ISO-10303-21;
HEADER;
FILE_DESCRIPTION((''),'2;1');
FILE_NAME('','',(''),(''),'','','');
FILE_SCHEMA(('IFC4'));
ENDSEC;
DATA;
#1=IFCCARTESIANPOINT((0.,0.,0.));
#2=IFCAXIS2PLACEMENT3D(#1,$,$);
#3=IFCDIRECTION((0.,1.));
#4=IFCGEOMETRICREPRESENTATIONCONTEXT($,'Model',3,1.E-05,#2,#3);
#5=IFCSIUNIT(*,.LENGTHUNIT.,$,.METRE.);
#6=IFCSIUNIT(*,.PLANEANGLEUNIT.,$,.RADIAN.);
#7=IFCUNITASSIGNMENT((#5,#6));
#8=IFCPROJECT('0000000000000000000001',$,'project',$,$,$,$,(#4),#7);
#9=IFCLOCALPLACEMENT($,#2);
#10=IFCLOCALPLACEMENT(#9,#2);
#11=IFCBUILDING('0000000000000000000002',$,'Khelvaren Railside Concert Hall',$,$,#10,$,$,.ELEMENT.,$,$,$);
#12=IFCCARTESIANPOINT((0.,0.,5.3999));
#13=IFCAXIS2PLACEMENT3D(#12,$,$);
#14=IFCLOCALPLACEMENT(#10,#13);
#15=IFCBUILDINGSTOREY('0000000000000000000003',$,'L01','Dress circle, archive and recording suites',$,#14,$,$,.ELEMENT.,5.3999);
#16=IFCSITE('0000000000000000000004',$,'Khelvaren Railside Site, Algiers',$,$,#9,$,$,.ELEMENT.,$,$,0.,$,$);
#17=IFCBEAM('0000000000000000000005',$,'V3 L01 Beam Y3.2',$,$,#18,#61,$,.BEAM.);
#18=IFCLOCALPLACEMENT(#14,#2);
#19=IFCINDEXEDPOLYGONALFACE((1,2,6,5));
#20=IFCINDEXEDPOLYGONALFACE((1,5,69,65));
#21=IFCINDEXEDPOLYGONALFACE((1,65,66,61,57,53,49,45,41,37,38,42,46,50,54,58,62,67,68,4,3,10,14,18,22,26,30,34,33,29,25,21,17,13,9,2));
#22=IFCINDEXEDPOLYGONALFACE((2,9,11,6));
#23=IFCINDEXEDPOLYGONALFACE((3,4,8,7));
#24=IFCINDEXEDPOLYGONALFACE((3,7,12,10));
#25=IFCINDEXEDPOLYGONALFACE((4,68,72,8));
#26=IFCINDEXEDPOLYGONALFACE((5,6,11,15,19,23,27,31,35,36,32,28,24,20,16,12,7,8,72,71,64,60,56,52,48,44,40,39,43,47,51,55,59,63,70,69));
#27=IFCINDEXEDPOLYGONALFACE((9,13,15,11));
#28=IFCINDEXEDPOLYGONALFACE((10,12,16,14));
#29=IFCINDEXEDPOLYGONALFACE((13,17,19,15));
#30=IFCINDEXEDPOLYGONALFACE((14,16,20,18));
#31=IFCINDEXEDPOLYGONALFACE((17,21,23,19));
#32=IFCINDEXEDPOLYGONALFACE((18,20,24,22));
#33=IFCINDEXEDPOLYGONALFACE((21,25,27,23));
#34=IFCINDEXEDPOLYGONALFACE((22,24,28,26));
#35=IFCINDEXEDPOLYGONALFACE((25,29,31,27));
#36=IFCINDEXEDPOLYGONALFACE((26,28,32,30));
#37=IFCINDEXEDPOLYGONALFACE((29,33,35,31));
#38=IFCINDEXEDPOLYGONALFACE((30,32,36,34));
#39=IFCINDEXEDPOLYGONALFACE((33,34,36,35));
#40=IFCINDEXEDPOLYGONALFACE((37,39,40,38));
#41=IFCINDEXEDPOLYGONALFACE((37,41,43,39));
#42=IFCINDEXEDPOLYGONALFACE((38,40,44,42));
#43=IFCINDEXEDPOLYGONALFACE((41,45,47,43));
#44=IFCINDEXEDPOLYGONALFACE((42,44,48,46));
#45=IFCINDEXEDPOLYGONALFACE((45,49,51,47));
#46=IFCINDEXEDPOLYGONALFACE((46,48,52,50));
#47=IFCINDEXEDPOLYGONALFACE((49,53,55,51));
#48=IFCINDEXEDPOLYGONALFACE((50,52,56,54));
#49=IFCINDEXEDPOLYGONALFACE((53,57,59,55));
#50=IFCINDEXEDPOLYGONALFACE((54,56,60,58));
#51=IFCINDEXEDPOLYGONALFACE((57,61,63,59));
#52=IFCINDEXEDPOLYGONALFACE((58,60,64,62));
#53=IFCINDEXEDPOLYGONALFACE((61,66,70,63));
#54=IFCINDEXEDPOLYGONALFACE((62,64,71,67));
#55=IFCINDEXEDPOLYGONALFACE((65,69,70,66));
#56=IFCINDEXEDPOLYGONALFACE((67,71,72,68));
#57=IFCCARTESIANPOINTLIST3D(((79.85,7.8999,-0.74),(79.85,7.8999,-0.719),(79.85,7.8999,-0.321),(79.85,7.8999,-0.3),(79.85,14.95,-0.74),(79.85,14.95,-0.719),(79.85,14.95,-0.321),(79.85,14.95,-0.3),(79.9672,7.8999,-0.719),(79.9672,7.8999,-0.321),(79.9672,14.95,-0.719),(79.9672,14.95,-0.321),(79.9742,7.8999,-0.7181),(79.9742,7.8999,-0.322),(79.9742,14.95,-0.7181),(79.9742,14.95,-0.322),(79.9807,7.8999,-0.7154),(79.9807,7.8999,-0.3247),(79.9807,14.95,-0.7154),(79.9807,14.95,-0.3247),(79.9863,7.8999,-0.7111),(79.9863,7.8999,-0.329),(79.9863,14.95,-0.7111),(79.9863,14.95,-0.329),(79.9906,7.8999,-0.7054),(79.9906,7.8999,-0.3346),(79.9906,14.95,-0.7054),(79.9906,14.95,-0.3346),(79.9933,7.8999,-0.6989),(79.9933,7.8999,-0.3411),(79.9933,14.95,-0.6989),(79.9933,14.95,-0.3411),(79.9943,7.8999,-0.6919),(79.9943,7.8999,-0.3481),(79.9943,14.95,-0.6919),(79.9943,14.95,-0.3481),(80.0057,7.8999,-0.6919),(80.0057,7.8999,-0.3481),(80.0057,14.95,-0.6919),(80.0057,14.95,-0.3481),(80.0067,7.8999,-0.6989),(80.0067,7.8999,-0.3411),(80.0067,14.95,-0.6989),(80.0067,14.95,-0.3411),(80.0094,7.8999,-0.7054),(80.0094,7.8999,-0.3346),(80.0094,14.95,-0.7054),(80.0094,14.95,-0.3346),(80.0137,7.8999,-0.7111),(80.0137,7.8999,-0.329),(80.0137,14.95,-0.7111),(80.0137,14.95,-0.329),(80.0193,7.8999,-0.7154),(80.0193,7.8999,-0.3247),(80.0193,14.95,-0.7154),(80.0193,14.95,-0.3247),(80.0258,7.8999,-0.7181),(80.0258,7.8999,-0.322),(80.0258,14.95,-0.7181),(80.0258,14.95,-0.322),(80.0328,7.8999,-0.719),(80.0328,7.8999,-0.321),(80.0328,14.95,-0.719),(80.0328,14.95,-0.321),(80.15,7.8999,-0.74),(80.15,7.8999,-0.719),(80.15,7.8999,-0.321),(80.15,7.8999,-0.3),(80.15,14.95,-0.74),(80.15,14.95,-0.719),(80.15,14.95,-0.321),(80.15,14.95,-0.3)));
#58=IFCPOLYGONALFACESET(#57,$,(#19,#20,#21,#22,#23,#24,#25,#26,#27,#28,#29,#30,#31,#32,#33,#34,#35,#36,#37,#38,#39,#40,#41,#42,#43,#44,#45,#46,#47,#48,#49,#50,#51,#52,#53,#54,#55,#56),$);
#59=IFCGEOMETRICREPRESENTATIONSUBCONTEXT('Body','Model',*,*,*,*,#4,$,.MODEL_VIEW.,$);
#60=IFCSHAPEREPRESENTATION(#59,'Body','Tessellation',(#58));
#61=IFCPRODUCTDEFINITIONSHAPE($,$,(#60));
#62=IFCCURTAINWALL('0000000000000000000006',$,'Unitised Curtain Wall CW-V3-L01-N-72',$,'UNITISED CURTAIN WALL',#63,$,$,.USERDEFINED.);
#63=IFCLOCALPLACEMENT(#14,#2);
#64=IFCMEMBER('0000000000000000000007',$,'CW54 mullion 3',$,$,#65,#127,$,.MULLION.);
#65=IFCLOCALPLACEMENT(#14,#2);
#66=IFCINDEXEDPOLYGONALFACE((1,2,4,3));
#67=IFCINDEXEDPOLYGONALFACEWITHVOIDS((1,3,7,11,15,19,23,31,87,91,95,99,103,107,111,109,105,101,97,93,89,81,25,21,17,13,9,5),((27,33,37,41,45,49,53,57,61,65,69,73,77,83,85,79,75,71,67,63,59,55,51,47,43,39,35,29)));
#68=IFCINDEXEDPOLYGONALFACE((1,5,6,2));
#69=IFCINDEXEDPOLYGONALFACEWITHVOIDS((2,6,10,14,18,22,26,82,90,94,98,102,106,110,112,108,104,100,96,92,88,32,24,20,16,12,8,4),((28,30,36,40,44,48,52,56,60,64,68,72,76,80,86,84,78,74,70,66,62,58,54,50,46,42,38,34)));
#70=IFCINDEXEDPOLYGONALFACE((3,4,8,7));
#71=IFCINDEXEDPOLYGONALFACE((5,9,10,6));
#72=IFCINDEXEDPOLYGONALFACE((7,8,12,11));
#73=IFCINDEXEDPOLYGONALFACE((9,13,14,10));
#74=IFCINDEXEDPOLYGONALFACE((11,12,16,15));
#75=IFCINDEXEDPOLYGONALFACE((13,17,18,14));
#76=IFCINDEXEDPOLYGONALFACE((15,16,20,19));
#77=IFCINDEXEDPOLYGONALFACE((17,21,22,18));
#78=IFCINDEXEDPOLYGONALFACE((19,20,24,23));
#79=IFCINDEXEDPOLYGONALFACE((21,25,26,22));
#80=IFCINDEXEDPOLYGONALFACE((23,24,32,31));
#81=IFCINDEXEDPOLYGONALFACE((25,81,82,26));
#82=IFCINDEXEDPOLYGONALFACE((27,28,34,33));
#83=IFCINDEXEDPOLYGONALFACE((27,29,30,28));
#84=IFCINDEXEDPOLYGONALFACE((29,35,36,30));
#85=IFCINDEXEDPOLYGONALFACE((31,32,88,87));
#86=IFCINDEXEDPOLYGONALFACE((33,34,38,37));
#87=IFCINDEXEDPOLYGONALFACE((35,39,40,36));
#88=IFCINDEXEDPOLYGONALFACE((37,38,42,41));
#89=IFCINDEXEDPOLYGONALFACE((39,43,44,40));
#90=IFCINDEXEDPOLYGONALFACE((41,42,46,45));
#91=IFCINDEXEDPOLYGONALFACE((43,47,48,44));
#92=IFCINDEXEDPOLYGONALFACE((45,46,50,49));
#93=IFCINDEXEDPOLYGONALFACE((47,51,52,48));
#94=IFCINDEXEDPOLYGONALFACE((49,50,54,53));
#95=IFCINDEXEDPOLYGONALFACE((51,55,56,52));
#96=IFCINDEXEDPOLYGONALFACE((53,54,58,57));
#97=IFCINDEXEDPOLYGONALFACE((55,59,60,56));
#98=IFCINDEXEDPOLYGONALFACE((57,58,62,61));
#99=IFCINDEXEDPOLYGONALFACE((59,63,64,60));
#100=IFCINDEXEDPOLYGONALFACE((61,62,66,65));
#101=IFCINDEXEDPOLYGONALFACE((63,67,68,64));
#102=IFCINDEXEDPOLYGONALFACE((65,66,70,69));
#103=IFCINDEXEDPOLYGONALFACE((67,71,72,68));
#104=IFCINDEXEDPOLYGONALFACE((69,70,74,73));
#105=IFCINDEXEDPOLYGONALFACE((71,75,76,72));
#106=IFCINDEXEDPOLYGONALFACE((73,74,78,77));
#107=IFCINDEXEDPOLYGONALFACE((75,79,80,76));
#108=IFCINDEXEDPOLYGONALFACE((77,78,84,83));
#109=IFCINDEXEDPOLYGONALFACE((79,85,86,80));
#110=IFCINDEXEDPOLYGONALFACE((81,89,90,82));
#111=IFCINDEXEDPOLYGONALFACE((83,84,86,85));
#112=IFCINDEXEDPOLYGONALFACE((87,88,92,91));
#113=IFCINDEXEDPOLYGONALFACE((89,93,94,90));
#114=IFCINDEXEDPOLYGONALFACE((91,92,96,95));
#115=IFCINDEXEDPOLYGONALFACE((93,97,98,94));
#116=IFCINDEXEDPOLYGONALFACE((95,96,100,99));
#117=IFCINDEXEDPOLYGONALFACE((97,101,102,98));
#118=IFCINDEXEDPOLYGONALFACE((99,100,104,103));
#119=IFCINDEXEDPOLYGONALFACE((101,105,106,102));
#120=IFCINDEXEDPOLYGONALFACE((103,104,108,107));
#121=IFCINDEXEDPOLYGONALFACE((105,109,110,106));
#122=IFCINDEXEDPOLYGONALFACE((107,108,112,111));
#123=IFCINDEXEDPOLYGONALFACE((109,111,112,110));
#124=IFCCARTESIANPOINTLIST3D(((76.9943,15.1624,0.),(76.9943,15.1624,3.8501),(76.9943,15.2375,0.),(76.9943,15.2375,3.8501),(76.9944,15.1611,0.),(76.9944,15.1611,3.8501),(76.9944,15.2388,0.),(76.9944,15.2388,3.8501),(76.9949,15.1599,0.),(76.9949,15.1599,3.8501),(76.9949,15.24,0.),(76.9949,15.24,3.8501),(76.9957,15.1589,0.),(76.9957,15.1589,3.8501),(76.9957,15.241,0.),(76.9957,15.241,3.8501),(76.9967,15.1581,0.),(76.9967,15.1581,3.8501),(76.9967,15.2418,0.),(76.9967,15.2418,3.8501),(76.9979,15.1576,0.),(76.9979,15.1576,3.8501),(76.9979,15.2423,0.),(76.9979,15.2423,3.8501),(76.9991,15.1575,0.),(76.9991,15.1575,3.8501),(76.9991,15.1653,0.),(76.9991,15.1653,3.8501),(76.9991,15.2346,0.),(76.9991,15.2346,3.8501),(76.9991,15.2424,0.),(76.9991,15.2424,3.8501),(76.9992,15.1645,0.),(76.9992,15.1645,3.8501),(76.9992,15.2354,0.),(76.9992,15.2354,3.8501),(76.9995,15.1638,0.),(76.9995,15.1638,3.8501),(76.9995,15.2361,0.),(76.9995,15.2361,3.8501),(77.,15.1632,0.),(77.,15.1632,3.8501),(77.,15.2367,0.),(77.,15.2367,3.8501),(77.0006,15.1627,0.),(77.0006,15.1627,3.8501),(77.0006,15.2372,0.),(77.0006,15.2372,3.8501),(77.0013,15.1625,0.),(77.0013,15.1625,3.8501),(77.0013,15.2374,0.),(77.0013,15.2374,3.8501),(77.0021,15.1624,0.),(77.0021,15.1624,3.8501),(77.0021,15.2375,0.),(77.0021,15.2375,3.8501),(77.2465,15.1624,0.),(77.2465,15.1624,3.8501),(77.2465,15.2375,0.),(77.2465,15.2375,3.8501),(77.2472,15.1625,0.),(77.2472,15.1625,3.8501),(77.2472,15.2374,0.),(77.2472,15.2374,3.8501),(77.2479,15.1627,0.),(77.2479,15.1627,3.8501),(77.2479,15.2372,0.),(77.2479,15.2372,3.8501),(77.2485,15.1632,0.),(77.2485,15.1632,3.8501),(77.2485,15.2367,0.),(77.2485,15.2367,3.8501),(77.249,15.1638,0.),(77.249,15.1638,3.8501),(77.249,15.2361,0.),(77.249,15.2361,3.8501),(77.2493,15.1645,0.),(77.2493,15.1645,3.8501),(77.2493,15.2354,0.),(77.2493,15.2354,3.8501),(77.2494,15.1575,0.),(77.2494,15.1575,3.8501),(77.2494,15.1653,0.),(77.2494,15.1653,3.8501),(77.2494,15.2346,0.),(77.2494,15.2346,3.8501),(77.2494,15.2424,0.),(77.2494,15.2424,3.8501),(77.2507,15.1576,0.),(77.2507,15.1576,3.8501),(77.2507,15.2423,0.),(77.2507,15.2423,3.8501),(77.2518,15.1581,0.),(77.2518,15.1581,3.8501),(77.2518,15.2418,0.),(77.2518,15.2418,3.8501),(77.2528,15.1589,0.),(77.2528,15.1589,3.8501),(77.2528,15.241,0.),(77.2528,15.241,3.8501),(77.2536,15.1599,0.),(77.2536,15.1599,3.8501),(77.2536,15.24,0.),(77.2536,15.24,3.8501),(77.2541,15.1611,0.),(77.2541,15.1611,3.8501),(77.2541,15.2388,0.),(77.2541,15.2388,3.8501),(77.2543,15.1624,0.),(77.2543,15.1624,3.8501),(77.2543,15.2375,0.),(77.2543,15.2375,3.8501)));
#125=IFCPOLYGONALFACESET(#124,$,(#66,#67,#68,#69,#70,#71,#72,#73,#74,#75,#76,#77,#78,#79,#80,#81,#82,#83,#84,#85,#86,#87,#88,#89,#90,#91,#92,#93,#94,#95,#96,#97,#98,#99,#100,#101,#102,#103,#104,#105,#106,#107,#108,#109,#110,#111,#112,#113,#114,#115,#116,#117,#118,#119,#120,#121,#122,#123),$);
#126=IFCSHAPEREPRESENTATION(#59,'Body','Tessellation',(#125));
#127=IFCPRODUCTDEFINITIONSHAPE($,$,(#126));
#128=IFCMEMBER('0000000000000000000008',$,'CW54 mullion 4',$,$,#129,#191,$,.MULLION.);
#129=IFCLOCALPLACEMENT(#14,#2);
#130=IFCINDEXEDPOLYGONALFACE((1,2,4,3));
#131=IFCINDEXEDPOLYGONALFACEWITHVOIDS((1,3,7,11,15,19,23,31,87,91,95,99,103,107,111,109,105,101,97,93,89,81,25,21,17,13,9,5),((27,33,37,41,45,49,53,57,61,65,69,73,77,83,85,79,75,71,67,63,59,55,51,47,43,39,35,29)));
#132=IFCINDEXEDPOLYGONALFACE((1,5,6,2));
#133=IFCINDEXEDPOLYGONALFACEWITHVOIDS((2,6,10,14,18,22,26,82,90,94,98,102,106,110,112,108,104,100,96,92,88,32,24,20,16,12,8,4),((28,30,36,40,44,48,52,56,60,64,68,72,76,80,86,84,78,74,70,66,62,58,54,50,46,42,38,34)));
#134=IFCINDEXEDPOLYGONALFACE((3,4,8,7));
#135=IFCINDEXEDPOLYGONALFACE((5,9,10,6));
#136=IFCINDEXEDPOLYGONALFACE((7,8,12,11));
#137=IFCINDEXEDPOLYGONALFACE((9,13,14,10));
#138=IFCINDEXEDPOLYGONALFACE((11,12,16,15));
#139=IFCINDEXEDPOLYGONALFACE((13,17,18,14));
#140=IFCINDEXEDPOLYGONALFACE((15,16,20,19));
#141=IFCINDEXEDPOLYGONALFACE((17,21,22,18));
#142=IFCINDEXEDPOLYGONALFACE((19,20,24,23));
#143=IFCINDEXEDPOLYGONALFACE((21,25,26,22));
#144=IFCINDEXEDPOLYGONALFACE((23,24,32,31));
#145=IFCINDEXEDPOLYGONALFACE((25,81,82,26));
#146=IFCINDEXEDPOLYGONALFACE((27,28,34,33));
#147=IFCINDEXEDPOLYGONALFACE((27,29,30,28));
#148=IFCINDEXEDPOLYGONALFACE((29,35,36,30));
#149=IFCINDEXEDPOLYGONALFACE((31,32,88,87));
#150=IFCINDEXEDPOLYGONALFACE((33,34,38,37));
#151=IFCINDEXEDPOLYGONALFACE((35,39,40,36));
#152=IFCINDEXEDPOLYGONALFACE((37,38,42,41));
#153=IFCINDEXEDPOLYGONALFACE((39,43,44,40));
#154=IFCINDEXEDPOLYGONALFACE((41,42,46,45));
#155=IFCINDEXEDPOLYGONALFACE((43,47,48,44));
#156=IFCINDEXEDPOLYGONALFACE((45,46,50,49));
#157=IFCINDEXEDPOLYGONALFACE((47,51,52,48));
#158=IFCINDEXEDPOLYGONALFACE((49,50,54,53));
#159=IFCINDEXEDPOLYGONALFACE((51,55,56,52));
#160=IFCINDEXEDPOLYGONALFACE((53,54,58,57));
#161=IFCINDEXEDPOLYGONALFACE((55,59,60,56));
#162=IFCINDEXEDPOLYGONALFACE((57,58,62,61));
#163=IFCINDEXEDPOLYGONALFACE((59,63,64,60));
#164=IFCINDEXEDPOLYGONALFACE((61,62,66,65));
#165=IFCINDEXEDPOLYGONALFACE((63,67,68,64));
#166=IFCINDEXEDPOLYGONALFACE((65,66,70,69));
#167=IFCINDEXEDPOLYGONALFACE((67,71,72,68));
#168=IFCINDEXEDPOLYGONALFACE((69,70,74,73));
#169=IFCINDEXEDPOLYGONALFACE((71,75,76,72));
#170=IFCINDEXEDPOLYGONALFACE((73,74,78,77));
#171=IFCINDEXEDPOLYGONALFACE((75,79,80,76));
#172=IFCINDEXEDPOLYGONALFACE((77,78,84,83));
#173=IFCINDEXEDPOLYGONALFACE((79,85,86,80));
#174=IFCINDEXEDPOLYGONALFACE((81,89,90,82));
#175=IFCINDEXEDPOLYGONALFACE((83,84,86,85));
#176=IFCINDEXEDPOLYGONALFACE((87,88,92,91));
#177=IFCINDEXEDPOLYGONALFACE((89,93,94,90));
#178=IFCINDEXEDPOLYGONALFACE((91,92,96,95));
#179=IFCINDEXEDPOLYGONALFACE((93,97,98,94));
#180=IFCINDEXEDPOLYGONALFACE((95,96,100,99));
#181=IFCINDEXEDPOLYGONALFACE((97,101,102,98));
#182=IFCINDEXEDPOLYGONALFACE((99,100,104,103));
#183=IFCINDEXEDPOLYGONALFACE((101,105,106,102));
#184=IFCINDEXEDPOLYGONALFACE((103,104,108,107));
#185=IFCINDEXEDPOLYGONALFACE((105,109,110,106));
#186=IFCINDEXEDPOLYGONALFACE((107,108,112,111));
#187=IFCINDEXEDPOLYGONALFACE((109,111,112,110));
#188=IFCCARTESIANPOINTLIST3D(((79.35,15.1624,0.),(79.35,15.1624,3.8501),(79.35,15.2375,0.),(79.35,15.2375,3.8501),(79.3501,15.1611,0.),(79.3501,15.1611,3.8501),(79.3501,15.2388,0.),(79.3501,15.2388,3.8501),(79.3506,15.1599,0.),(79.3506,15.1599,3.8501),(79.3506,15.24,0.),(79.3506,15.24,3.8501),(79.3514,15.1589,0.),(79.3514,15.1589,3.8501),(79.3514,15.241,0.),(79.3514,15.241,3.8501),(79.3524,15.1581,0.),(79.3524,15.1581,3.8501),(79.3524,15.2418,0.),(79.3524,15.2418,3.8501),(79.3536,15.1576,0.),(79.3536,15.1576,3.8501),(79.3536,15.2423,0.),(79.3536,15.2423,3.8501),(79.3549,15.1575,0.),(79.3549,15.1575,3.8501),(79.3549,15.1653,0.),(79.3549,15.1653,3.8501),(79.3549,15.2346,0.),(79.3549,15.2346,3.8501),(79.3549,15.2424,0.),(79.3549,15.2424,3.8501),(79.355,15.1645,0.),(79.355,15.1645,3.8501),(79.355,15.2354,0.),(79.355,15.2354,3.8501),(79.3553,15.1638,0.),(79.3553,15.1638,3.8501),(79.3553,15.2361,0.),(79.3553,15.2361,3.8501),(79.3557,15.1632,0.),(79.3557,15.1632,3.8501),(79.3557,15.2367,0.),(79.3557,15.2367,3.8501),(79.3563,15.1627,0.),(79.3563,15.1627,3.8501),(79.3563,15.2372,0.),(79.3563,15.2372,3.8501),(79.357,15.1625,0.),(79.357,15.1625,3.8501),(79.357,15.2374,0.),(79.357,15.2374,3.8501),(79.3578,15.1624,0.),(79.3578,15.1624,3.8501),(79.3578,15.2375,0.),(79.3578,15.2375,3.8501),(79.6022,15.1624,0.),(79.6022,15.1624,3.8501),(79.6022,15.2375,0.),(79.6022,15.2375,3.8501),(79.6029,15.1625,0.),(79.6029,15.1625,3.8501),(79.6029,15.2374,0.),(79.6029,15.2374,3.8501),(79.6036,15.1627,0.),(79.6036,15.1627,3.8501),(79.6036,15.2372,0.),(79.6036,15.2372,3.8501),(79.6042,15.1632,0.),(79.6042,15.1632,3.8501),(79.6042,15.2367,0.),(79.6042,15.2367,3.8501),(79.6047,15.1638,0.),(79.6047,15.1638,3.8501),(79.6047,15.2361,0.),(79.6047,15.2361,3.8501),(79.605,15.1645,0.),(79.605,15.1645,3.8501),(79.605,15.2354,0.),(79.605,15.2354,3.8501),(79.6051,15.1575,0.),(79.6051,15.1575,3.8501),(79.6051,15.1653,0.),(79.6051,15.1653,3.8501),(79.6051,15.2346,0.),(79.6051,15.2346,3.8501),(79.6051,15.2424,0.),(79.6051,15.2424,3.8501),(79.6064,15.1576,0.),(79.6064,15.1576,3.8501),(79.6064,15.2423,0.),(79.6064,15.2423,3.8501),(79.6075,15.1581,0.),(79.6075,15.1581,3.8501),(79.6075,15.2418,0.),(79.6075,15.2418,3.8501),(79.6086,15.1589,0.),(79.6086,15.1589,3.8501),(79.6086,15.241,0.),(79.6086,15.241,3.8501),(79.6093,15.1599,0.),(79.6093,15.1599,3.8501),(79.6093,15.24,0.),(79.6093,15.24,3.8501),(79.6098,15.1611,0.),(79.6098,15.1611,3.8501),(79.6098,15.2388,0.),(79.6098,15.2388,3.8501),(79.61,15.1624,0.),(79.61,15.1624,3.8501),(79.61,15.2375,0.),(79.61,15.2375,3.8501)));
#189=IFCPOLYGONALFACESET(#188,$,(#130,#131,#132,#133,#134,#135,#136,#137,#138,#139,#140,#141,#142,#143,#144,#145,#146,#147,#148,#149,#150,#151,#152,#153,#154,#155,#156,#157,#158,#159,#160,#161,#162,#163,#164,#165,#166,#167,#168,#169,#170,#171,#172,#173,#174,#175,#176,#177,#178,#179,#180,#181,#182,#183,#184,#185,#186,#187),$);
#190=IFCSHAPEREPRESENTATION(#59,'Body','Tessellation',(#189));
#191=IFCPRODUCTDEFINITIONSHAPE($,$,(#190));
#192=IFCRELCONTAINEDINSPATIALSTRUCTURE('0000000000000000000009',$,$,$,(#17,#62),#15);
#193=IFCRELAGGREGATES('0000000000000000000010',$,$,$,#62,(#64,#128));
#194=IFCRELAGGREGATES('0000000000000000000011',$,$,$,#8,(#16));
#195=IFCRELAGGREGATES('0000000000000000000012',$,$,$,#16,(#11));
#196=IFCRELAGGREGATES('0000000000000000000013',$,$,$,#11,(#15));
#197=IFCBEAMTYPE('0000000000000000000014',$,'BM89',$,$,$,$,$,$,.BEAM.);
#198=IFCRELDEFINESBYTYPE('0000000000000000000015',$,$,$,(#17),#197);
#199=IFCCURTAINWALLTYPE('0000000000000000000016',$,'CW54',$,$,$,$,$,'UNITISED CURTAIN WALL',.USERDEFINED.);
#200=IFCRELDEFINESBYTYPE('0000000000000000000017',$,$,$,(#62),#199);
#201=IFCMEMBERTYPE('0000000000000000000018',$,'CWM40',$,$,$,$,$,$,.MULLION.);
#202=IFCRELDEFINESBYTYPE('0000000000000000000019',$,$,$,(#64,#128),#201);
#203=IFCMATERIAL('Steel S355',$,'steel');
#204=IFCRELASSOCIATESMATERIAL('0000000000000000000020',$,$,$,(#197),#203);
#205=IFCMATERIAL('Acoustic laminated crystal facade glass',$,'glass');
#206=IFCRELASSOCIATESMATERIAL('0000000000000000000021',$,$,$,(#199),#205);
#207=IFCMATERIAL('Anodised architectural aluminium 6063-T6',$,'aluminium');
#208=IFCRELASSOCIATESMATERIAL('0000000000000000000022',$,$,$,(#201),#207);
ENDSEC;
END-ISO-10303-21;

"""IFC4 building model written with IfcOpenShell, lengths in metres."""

from ifc_helpers import new_model, si_unit, direction, frame, origin, origin_2d, place, context, subcontext, project, spatial, hollow_rectangle, i_section, extrude, material, material_profile, profile_set, type_object, element, aggregate, save


model = new_model("IFC4")

# Units and contexts
model_context = context("Model", 3, precision=1e-05, world=origin(), true_north=direction((0.0, 1.0)))
body_context = subcontext(model_context, "Body", "Model", "MODEL_VIEW")
ifc_project = project(units=[si_unit("LENGTHUNIT", "METRE"), si_unit("PLANEANGLEUNIT", "RADIAN")], contexts=[model_context])

# Site, building, storey
site_placement = place(None, origin())
site = spatial("IfcSite", under=ifc_project, at=site_placement, Name="Khelvaren Railside Site, Algiers", CompositionType="ELEMENT", RefElevation=0.0)
building_placement = place(site_placement, origin())
building = spatial("IfcBuilding", under=site, at=building_placement, Name="Khelvaren Railside Concert Hall", CompositionType="ELEMENT")
storey_placement = place(building_placement, frame((0.0, 0.0, 5.3999)))
storey = spatial("IfcBuildingStorey", under=building, at=storey_placement, Name="L01", Description="Dress circle, archive and recording suites", CompositionType="ELEMENT", Elevation=5.3999)

# Beam
ifc_material_1 = material(Name="Steel S355", Category="steel")
ifc_material_profile_1 = material_profile(ifc_material_1, i_section(OverallWidth=0.3, OverallDepth=0.4399, WebThickness=0.0115, FlangeThickness=0.021, FilletRadius=0.0271, at=origin_2d()), Name="HEA 450")
ifc_profile_set_1 = profile_set([ifc_material_profile_1], Name="Steel S355")
beam_type_1 = type_object("IfcBeamType", Name="BM89", PredefinedType="BEAM", material=ifc_profile_set_1)
beam_1_placement = place(storey_placement, frame((80.0, 7.8999, -0.52), z_axis=(0.0, 1.0, 0.0), x_axis=(-1.0, 0.0, 0.0)))
element("IfcBeam", 1, at=beam_1_placement, inside=storey, type_object=beam_type_1, Name="V3 L01 Beam Y3.2", PredefinedType="BEAM", context=body_context, shape_type="SweptSolid", body=[
    extrude(i_section(OverallWidth=0.3, OverallDepth=0.4399, WebThickness=0.0115, FlangeThickness=0.021, FilletRadius=0.0271, at=origin_2d()), origin(), (0.0, 0.0, 1.0), 7.05),
])

# Curtain wall, members
ifc_material_2 = material(Name="Acoustic laminated crystal facade glass", Category="glass")
curtain_wall_type = type_object("IfcCurtainWallType", Name="CW54", ElementType="UNITISED CURTAIN WALL", PredefinedType="USERDEFINED", material=ifc_material_2)
curtain_wall_placement = place(storey_placement, origin())
curtain_wall = element("IfcCurtainWall", 2, at=curtain_wall_placement, inside=storey, type_object=curtain_wall_type, Name="Unitised Curtain Wall CW-V3-L01-N-72", ObjectType="UNITISED CURTAIN WALL", PredefinedType="USERDEFINED")
ifc_material_3 = material(Name="Anodised architectural aluminium 6063-T6", Category="aluminium")
ifc_material_profile_2 = material_profile(ifc_material_3, hollow_rectangle(XDim=0.085, YDim=0.26, WallThickness=0.0049, InnerFilletRadius=0.0029, OuterFilletRadius=0.0049, at=origin_2d()), Name="CWM 85x260x5")
ifc_profile_set_2 = profile_set([ifc_material_profile_2], Name="Anodised architectural aluminium 6063-T6")
member_type_1 = type_object("IfcMemberType", Name="CWM40", PredefinedType="MULLION", material=ifc_profile_set_2)
member_1_placement = place(storey_placement, frame((77.1243, 15.2, 0.0), z_axis=(0.0, 0.0, 1.0), x_axis=(0.0, 1.0, 0.0)))
member_1 = element("IfcMember", 3, at=member_1_placement, type_object=member_type_1, Name="CW54 mullion 3", PredefinedType="MULLION", context=body_context, shape_type="SweptSolid", body=[
    extrude(hollow_rectangle(XDim=0.085, YDim=0.26, WallThickness=0.0049, InnerFilletRadius=0.0029, OuterFilletRadius=0.0049, at=origin_2d()), origin(), (0.0, 0.0, 1.0), 3.8501),
])
member_2_placement = place(storey_placement, frame((79.48, 15.2, 0.0), z_axis=(0.0, 0.0, 1.0), x_axis=(0.0, 1.0, 0.0)))
member_2 = element("IfcMember", 4, at=member_2_placement, type_object=member_type_1, Name="CW54 mullion 4", PredefinedType="MULLION", context=body_context, shape_type="SweptSolid", body=[
    extrude(hollow_rectangle(XDim=0.085, YDim=0.26, WallThickness=0.0049, InnerFilletRadius=0.0029, OuterFilletRadius=0.0049, at=origin_2d()), origin(), (0.0, 0.0, 1.0), 3.8501),
])

aggregate(curtain_wall, [member_1, member_2])

save(model, "model.ifc")
